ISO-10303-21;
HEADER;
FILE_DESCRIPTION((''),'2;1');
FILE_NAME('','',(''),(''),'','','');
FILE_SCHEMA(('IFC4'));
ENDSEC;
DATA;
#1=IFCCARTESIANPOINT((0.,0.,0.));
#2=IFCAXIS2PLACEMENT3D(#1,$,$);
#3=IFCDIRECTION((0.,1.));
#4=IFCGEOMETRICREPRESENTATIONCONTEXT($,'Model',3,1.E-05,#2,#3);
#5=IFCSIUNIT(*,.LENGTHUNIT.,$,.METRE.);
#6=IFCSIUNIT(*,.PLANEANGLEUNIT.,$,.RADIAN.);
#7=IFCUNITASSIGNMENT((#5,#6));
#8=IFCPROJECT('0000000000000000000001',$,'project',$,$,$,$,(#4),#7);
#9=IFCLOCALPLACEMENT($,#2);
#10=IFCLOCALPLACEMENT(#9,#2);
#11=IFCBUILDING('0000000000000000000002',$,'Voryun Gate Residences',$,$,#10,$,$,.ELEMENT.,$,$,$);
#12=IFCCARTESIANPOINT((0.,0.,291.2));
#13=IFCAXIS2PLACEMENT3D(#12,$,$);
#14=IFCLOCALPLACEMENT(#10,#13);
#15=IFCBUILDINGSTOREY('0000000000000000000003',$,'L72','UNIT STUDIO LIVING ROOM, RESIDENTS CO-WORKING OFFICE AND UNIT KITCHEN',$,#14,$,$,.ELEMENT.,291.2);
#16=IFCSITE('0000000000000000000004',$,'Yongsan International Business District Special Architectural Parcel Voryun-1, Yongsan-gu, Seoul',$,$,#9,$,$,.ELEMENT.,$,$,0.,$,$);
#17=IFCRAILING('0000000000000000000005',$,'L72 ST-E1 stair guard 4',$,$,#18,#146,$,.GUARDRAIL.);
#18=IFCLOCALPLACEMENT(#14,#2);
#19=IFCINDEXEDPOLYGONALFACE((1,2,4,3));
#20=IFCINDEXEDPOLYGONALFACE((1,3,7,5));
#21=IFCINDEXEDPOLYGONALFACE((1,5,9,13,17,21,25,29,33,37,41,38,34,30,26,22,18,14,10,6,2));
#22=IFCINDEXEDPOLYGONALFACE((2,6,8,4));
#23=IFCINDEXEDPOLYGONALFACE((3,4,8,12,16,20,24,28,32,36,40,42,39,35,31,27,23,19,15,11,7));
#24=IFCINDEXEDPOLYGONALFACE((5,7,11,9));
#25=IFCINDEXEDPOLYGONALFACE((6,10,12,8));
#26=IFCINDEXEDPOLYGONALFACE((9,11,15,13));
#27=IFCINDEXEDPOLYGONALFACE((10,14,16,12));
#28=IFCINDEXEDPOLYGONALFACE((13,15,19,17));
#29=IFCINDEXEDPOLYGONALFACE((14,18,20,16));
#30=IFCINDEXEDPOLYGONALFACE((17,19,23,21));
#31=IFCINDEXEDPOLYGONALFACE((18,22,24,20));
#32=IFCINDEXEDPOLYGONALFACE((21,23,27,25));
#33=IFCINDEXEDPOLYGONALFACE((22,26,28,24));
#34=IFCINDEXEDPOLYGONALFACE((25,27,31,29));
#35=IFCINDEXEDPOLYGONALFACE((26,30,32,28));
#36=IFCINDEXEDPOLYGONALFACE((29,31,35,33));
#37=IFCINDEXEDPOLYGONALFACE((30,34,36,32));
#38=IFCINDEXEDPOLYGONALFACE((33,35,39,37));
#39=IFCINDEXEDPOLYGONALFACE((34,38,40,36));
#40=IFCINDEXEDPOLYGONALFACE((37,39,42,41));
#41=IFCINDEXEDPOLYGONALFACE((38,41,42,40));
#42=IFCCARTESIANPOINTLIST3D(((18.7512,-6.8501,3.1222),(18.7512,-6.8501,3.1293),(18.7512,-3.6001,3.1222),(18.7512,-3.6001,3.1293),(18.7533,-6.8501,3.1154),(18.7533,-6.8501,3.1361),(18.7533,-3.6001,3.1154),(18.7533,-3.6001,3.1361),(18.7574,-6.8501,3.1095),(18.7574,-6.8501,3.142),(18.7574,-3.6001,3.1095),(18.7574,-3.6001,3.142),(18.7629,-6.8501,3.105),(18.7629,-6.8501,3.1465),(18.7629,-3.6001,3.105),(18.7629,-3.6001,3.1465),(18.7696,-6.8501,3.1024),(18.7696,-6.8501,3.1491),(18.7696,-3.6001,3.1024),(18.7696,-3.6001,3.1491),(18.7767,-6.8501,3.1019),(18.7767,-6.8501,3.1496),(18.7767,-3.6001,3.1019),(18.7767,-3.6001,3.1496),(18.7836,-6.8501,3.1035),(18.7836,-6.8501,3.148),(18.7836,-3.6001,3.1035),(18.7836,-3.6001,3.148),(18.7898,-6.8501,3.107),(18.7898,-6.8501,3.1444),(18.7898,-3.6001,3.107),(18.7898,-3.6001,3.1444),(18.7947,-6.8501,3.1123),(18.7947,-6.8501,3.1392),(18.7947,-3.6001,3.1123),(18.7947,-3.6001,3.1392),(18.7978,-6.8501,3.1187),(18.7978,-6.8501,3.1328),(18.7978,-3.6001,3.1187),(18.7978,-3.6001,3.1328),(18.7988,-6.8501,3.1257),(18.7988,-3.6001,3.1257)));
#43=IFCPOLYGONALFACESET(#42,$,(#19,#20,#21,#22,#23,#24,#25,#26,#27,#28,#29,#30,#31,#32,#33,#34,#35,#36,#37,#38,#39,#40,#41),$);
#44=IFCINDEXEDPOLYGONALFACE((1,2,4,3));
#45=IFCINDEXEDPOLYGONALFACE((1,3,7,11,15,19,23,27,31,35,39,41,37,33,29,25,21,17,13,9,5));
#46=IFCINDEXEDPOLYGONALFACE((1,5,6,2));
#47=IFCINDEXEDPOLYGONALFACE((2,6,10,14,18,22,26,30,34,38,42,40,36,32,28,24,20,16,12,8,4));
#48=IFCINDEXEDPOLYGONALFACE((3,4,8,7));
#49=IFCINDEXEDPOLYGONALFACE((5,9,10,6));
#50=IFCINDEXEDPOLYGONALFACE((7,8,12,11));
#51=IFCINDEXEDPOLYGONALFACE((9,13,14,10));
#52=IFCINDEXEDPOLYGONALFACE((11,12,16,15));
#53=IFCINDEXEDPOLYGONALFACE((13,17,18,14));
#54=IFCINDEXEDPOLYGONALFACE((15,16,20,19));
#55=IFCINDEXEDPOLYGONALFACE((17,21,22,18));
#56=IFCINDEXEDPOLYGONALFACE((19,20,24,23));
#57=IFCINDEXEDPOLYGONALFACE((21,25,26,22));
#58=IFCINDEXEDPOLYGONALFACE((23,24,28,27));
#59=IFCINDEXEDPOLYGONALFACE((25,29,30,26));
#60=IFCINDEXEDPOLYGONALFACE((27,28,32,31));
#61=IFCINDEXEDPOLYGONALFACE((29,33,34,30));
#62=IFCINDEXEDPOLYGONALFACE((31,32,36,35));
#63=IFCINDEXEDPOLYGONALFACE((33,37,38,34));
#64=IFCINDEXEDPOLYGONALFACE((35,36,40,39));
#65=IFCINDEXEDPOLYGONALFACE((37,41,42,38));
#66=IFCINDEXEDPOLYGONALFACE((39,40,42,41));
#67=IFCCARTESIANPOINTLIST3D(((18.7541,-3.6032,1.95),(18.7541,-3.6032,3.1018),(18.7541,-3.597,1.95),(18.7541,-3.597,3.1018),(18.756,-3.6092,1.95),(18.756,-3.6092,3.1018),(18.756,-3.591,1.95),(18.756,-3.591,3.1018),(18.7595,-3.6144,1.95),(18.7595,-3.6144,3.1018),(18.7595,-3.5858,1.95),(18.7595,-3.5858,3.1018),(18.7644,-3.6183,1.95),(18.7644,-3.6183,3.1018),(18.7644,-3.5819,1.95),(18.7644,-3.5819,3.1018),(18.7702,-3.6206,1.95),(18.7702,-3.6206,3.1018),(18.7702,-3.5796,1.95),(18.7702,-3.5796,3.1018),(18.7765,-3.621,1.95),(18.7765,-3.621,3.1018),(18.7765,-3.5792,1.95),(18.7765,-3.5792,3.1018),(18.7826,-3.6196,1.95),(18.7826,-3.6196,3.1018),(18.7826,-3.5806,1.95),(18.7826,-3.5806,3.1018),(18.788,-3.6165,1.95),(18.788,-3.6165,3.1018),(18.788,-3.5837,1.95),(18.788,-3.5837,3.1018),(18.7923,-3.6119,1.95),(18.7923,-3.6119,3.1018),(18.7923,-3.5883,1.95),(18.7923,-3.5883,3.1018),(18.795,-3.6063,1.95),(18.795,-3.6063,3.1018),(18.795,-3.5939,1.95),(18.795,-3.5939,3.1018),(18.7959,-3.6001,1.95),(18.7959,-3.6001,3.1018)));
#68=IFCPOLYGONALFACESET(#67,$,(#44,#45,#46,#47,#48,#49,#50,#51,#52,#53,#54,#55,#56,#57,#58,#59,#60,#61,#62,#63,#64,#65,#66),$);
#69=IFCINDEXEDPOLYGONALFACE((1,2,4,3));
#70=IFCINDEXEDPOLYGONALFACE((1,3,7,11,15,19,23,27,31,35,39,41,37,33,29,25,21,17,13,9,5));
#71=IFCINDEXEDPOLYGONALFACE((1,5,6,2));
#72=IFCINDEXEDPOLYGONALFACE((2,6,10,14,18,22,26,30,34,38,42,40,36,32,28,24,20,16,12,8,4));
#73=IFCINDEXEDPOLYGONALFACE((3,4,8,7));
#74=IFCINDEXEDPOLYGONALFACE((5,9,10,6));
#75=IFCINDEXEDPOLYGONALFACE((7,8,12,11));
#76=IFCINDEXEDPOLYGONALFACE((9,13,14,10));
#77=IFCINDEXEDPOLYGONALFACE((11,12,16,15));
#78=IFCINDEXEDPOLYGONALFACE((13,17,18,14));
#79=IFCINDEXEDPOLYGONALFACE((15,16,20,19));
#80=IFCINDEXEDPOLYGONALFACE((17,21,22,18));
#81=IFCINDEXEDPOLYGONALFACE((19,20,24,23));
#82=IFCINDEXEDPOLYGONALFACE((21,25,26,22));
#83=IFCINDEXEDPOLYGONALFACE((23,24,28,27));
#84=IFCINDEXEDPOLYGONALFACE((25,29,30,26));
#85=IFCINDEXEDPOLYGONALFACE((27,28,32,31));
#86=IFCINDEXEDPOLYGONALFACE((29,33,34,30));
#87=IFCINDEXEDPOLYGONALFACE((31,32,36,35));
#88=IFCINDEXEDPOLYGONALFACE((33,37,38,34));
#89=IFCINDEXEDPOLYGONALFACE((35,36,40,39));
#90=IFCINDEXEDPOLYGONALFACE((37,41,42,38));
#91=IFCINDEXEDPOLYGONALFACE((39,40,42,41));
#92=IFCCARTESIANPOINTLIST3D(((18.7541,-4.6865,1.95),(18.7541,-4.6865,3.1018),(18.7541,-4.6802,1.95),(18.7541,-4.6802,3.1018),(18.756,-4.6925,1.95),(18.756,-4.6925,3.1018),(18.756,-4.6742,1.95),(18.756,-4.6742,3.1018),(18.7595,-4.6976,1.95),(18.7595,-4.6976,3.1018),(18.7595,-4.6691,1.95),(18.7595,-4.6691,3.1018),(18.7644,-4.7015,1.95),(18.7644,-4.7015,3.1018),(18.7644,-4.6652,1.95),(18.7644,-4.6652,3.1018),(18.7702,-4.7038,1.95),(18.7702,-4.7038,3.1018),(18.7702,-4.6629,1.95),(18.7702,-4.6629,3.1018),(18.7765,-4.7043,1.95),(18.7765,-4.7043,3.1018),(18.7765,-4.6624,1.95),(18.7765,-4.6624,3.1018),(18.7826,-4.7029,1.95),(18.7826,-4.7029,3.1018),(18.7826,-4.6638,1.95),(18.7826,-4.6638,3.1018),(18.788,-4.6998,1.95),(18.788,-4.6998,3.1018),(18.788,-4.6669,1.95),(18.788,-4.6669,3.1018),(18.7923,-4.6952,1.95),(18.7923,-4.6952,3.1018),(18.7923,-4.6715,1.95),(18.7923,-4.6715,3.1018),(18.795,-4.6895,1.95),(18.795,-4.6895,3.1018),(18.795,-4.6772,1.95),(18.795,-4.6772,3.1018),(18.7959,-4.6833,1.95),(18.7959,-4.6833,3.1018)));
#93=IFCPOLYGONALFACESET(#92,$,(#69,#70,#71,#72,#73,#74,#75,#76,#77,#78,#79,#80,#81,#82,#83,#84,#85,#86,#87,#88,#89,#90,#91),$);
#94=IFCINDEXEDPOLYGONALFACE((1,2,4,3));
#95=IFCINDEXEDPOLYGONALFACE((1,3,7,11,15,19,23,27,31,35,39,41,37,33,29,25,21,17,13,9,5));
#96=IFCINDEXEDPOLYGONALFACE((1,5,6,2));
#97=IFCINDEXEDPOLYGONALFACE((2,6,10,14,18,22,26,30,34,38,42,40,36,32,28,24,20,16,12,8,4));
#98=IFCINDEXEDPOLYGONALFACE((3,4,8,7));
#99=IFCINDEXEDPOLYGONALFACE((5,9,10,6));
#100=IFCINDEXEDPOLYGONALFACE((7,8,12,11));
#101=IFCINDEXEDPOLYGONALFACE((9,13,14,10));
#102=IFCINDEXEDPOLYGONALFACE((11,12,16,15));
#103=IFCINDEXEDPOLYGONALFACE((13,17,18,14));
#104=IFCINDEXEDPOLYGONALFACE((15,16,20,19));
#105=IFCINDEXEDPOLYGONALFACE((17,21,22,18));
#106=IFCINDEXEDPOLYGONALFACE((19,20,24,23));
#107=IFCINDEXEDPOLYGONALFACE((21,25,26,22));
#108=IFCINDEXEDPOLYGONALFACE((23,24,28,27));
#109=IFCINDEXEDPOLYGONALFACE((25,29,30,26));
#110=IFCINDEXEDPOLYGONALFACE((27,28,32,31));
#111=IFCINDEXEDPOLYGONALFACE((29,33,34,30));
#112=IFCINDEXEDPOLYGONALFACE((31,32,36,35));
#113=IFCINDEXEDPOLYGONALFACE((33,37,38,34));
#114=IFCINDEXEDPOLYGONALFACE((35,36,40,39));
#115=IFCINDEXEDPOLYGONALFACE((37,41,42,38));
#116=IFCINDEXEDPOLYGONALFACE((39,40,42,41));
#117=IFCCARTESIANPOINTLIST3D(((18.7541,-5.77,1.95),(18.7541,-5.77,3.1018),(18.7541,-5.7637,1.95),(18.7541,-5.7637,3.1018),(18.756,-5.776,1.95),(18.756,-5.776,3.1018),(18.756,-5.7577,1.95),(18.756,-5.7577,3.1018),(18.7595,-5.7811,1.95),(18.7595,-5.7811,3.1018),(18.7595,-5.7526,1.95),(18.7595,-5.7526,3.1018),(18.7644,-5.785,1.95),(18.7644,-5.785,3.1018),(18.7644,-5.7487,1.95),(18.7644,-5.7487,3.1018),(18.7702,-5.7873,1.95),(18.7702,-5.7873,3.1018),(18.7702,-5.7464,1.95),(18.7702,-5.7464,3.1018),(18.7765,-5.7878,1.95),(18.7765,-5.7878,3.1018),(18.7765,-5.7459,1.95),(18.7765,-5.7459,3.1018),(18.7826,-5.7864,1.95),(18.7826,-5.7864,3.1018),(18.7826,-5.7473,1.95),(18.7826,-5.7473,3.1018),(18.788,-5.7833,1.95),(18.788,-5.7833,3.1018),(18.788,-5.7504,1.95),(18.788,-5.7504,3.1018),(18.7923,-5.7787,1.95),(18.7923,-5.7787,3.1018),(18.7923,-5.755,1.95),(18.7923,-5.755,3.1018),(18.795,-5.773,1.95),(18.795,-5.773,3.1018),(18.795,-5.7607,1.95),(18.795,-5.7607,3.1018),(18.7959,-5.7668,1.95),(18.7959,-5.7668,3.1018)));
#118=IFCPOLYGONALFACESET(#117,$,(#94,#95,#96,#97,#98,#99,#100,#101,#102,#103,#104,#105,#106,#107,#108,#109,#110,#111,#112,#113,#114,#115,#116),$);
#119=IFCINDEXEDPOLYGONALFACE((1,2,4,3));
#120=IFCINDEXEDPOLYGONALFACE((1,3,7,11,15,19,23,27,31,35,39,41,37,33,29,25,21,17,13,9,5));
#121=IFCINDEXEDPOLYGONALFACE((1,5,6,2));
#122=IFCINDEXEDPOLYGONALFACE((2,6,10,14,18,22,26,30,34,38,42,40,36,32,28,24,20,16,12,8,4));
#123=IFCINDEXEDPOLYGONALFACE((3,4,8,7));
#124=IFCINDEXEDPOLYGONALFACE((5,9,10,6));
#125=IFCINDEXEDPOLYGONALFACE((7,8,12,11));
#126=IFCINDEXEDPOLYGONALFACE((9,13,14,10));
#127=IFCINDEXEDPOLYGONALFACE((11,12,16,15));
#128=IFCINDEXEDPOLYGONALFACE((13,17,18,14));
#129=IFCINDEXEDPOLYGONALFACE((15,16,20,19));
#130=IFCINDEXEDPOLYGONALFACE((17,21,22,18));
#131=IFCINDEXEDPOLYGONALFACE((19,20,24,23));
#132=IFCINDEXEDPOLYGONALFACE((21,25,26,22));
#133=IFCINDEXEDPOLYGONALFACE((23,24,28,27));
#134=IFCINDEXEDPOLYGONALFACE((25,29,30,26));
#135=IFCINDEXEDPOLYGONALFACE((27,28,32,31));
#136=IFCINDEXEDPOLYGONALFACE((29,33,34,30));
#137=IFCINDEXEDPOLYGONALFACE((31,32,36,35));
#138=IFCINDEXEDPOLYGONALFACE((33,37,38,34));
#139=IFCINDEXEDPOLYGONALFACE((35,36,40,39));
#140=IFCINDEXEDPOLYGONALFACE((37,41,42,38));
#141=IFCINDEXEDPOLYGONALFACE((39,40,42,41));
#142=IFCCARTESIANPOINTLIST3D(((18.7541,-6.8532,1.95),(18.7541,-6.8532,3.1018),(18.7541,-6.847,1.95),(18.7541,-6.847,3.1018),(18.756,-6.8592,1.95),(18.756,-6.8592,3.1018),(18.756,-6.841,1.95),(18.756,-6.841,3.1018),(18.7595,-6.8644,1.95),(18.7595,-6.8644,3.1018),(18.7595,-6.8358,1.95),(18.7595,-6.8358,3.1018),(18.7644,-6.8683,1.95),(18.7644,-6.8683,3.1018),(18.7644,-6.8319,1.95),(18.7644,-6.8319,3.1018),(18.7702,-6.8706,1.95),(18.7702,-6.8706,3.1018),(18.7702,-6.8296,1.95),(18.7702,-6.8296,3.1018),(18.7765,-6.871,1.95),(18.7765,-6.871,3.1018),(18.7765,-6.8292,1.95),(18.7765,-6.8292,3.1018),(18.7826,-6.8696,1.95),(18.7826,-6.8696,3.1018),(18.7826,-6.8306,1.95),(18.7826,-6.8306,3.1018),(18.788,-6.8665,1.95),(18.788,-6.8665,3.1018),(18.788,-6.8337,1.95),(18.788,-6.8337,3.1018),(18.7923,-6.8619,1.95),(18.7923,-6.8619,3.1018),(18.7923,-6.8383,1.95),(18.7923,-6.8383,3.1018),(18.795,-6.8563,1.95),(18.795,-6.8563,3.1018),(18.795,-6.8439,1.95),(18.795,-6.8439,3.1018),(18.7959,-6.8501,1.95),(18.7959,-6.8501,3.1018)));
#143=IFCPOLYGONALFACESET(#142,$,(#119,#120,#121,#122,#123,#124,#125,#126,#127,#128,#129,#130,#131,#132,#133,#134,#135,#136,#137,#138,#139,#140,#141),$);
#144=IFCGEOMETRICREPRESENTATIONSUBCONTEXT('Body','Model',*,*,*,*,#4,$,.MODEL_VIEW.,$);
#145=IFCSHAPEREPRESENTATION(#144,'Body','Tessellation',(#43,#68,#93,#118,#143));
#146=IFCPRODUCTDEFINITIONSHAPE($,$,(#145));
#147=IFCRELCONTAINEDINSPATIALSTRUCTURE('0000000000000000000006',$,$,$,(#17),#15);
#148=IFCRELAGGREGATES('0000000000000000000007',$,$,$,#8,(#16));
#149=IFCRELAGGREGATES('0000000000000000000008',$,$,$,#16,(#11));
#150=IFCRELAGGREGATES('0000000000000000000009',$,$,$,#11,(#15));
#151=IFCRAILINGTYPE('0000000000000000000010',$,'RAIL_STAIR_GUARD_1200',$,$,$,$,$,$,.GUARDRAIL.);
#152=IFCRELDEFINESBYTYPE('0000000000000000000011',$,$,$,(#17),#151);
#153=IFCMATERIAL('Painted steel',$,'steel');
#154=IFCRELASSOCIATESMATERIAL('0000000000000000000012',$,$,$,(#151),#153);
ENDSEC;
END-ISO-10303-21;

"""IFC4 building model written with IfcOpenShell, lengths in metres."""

from ifc_helpers import new_model, si_unit, direction, frame, origin, origin_2d, place, context, subcontext, project, spatial, circle, extrude, material, type_object, element, save


model = new_model("IFC4")

# Units and contexts
model_context = context("Model", 3, precision=1e-05, world=origin(), true_north=direction((0.0, 1.0)))
body_context = subcontext(model_context, "Body", "Model", "MODEL_VIEW")
ifc_project = project(units=[si_unit("LENGTHUNIT", "METRE"), si_unit("PLANEANGLEUNIT", "RADIAN")], contexts=[model_context])

# Site, building, storey
site_placement = place(None, origin())
site = spatial("IfcSite", under=ifc_project, at=site_placement, Name="Yongsan International Business District Special Architectural Parcel Voryun-1, Yongsan-gu, Seoul", CompositionType="ELEMENT", RefElevation=0.0)
building_placement = place(site_placement, origin())
building = spatial("IfcBuilding", under=site, at=building_placement, Name="Voryun Gate Residences", CompositionType="ELEMENT")
storey_placement = place(building_placement, frame((0.0, 0.0, 291.2)))
storey = spatial("IfcBuildingStorey", under=building, at=storey_placement, Name="L72", Description="UNIT STUDIO LIVING ROOM, RESIDENTS CO-WORKING OFFICE AND UNIT KITCHEN", CompositionType="ELEMENT", Elevation=291.2)

# Railing
ifc_material_1 = material(Name="Painted steel", Category="steel")
railing_type_1 = type_object("IfcRailingType", Name="RAIL_STAIR_GUARD_1200", PredefinedType="GUARDRAIL", material=ifc_material_1)
for number, where, name in (
    (1, (18.7749, -3.6001, 1.95), "L72 ST-E1 stair guard 4"),
):
    element("IfcRailing", number, at=place(storey_placement, frame(where)), inside=storey, type_object=railing_type_1, Name=name, PredefinedType="GUARDRAIL", context=body_context, shape_type="SweptSolid", body=[
        extrude(circle(Radius=0.0239, at=origin_2d()), frame((0.0, 0.0, 1.1758), z_axis=(0.0, -1.0, 0.0), x_axis=(1.0, 0.0, 0.0)), (0.0, 0.0, 1.0), 3.25),
        extrude(circle(Radius=0.021, at=origin_2d()), origin(), (0.0, 0.0, 1.0), 1.1519),
        extrude(circle(Radius=0.021, at=origin_2d()), frame((0.0, -1.0833, 0.0)), (0.0, 0.0, 1.0), 1.1519),
        extrude(circle(Radius=0.021, at=origin_2d()), frame((0.0, -2.1667, 0.0)), (0.0, 0.0, 1.0), 1.1519),
        extrude(circle(Radius=0.021, at=origin_2d()), frame((0.0, -3.25, 0.0)), (0.0, 0.0, 1.0), 1.1519),
    ])

save(model, "model.ifc")
